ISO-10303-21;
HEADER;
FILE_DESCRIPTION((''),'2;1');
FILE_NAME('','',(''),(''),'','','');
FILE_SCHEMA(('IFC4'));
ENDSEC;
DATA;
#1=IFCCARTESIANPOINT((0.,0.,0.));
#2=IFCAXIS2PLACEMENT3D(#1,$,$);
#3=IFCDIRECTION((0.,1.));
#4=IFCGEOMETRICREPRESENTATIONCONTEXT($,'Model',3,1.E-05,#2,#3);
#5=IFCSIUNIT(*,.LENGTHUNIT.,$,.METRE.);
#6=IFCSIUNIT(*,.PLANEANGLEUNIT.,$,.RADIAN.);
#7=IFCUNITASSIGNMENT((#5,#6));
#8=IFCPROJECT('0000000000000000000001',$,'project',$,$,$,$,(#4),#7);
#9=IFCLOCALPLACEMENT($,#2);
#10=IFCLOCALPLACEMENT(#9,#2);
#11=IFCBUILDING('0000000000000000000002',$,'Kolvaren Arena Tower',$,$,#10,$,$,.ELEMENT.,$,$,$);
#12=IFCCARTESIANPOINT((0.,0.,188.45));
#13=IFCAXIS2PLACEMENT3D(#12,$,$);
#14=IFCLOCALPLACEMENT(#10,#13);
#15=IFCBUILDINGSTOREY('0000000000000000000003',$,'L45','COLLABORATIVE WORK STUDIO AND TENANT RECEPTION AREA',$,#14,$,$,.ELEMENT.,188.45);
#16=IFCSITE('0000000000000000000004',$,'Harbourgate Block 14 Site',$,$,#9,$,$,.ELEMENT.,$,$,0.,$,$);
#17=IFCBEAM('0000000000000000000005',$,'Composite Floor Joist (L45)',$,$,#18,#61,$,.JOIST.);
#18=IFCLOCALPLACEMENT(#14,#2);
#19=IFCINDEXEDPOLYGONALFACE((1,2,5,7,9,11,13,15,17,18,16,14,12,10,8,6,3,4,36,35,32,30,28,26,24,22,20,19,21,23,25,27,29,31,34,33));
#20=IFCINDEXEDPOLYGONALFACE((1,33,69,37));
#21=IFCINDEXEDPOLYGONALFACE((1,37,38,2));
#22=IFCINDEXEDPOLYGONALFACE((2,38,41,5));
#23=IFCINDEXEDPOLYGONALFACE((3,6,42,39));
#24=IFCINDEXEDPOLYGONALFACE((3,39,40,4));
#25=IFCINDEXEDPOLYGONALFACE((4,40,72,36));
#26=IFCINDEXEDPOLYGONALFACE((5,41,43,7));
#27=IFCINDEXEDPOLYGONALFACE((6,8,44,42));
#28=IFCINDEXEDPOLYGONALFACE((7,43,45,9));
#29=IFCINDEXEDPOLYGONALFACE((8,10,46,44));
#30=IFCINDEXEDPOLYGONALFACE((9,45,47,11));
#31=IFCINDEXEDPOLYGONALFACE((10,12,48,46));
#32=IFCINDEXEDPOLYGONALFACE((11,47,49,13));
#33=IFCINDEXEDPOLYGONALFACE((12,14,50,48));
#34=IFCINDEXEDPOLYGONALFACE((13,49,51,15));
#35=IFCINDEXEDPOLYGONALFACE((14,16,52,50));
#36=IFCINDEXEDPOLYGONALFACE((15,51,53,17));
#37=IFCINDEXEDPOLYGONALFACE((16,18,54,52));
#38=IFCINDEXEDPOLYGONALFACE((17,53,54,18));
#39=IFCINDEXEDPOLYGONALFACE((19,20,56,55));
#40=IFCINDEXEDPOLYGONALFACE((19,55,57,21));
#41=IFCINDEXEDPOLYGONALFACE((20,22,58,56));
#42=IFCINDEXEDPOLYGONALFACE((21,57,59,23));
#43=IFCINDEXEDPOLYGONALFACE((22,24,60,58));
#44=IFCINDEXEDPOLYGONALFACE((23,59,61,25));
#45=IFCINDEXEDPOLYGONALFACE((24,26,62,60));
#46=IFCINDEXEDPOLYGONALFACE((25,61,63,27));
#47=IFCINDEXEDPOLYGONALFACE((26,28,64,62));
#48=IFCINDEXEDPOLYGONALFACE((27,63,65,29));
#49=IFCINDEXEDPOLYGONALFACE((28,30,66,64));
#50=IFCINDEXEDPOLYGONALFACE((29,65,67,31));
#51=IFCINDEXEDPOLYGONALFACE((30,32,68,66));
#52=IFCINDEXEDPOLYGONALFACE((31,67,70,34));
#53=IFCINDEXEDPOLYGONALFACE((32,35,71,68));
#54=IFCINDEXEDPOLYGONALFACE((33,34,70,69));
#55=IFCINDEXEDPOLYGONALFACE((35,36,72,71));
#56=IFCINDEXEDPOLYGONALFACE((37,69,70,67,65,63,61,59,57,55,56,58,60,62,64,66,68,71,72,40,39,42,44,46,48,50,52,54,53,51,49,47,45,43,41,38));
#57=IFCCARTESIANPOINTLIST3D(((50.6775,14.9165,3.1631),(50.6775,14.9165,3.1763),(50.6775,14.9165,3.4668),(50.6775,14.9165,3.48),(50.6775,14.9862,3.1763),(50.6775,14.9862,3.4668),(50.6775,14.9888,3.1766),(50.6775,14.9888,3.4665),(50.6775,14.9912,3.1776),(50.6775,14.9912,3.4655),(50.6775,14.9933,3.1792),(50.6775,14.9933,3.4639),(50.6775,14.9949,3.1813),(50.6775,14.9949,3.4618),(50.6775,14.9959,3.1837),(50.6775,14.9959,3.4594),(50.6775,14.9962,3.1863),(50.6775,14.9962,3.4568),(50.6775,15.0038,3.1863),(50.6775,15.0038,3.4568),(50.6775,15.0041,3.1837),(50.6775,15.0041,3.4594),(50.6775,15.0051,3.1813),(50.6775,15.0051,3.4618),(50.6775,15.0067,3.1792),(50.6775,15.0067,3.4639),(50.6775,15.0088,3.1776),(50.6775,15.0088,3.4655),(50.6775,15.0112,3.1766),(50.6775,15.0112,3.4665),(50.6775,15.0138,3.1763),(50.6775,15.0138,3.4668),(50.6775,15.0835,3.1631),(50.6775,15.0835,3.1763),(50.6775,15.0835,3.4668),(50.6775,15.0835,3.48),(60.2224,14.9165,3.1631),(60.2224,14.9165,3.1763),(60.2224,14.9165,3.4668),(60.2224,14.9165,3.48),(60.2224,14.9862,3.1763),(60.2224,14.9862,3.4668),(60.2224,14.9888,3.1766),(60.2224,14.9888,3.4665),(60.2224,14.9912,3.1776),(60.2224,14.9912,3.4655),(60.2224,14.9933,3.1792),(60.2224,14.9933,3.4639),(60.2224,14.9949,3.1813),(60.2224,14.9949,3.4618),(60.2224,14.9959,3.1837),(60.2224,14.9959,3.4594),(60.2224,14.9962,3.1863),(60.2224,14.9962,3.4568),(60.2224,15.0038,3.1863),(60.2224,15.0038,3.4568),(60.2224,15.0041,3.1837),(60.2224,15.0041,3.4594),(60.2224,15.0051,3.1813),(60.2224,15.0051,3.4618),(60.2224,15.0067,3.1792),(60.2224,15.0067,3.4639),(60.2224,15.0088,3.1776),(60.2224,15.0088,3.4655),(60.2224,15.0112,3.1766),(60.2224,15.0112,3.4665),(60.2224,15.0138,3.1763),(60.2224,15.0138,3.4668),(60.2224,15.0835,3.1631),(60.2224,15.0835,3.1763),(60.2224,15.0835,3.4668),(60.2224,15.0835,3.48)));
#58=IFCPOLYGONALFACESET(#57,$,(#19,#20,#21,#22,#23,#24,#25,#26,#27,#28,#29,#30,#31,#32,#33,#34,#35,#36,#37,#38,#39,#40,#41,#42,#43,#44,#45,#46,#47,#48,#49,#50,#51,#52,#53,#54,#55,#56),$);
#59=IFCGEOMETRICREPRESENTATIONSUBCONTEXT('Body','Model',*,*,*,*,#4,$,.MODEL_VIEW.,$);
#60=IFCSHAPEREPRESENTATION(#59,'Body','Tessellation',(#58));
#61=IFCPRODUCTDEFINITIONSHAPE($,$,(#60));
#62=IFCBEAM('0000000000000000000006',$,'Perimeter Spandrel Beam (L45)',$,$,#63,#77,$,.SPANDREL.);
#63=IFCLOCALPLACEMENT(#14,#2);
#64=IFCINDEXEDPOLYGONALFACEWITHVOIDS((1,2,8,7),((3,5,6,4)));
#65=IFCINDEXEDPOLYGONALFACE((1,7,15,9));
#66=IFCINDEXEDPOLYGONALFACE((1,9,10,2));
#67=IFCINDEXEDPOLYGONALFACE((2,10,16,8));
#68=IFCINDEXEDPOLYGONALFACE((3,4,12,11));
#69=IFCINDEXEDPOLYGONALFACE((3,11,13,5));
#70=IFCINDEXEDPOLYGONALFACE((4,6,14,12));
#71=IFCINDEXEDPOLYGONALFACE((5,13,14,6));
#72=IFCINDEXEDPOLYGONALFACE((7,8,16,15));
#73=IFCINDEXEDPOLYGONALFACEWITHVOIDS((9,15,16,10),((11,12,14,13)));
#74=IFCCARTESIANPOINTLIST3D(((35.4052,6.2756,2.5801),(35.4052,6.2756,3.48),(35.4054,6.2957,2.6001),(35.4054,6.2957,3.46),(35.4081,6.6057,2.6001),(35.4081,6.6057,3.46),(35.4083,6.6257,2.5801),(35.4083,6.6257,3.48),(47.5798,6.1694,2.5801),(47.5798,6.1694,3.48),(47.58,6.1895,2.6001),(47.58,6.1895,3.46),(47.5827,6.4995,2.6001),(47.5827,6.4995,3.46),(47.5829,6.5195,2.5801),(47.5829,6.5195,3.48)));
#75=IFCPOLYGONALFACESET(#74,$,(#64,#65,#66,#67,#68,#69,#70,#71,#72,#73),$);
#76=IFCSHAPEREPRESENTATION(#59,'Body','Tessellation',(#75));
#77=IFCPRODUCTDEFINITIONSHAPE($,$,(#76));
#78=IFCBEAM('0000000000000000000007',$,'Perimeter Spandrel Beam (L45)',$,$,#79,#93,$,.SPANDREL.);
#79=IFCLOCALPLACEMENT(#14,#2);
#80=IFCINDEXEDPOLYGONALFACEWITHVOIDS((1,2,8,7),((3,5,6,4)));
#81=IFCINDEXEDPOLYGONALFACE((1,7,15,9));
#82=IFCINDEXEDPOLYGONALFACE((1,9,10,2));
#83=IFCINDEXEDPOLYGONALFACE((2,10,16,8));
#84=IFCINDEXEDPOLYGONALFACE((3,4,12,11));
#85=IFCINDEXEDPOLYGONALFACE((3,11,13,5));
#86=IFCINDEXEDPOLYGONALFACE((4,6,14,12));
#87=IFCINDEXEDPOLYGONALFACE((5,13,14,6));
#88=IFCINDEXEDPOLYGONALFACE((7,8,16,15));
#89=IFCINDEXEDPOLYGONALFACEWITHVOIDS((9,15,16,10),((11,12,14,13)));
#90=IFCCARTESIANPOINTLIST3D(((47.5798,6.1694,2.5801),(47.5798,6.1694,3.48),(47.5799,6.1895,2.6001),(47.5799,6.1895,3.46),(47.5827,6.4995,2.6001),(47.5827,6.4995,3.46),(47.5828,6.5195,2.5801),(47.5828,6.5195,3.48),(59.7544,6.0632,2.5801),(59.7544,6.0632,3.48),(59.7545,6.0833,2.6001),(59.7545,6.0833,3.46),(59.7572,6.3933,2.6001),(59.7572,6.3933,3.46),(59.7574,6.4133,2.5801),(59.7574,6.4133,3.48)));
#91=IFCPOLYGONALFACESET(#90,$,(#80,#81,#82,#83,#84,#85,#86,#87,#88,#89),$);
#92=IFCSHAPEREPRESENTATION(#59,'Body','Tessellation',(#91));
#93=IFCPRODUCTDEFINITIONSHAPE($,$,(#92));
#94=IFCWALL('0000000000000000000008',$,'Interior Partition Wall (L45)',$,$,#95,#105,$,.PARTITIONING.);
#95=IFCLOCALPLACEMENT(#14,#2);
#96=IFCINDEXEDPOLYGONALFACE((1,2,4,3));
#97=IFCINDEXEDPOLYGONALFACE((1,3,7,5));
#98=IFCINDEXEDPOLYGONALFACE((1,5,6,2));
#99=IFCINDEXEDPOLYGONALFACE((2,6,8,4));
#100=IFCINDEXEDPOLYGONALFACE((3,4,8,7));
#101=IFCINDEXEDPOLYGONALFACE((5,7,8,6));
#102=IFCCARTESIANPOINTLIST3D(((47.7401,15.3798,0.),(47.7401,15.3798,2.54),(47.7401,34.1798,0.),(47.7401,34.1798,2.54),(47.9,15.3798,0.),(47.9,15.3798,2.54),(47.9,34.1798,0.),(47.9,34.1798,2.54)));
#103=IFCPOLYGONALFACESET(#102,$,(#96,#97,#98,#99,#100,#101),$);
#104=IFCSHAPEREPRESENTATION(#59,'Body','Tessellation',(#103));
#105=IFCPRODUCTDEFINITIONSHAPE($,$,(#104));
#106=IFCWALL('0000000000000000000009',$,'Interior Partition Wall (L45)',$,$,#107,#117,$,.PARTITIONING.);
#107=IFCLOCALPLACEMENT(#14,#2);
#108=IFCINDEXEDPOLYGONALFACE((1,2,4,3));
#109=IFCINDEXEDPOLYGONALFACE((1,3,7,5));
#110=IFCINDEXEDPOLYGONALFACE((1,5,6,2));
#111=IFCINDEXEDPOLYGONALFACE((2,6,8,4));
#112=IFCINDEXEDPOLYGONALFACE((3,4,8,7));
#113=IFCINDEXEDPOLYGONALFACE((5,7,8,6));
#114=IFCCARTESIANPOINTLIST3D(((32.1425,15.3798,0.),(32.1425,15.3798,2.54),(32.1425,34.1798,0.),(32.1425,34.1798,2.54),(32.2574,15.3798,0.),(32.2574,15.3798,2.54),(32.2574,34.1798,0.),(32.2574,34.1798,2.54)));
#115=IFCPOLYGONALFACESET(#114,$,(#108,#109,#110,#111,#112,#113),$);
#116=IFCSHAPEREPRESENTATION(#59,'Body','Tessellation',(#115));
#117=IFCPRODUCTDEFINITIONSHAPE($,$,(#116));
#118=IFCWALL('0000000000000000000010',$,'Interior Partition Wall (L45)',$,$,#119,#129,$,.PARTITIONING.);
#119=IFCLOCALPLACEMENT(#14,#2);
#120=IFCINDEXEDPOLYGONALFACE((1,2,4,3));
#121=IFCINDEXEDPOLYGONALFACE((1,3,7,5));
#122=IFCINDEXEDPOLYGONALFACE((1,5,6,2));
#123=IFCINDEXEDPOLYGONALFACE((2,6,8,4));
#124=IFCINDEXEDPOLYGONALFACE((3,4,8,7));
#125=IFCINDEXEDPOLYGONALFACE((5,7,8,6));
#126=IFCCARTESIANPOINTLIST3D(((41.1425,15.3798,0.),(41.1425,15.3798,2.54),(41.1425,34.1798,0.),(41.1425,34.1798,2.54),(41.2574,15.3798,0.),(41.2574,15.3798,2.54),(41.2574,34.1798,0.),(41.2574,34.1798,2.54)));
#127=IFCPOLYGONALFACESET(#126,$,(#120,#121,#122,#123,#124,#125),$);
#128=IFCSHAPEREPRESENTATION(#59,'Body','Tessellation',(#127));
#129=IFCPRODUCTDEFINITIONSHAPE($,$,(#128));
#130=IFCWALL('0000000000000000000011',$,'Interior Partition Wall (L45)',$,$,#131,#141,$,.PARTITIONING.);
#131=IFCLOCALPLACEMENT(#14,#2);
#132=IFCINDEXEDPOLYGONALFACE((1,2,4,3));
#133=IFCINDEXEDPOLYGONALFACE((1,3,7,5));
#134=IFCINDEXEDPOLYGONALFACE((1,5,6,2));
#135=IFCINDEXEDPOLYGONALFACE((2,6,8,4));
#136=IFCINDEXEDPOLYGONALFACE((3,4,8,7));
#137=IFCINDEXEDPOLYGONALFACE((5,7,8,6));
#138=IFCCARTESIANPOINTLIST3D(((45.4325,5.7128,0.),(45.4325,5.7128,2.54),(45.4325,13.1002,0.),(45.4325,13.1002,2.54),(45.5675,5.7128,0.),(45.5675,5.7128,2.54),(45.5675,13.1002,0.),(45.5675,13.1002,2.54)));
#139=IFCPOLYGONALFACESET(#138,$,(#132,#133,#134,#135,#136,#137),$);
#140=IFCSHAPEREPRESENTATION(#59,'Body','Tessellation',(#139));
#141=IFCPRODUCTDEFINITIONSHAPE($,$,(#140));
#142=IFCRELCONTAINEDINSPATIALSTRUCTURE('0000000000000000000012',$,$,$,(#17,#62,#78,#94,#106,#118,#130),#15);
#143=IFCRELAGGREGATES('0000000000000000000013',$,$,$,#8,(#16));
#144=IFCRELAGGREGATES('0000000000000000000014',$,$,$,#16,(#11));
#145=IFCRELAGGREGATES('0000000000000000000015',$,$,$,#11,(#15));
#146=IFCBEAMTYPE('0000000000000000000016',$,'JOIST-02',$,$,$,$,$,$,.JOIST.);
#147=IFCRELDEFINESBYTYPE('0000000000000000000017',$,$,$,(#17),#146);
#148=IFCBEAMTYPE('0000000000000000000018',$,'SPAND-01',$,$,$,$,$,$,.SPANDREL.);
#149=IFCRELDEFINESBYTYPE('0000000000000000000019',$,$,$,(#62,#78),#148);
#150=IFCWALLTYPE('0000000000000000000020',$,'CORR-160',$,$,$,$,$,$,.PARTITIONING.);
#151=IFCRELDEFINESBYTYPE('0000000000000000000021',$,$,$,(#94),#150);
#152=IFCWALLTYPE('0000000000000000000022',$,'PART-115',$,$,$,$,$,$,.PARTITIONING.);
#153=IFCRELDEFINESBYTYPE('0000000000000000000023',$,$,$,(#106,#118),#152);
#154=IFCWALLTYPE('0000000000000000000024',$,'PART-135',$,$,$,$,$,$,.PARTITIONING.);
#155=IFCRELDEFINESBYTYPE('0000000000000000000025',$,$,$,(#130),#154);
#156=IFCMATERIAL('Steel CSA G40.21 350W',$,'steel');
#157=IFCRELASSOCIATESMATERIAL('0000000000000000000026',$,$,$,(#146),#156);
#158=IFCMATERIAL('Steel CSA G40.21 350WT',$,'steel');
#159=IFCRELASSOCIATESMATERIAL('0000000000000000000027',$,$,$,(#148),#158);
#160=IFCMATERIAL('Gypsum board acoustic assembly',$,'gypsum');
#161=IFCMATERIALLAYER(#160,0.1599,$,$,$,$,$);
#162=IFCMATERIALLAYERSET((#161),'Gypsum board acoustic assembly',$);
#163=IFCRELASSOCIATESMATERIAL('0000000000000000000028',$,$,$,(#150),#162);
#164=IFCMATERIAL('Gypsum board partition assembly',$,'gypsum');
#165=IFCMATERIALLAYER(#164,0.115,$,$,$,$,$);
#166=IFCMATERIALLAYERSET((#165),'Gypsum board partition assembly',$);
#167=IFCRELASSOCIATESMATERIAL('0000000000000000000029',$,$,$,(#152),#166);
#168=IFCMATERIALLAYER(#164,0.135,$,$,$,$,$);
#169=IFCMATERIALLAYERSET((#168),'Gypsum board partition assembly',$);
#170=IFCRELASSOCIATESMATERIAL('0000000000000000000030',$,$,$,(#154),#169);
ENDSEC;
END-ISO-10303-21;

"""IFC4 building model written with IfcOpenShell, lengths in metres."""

from ifc_helpers import new_model, si_unit, direction, frame, frame_2d, origin, origin_2d, place, context, subcontext, project, spatial, rectangle, hollow_rectangle, i_section, extrude, material, layer, layer_set, material_profile, profile_set, type_object, element, save


model = new_model("IFC4")

# Units and contexts
model_context = context("Model", 3, precision=1e-05, world=origin(), true_north=direction((0.0, 1.0)))
body_context = subcontext(model_context, "Body", "Model", "MODEL_VIEW")
ifc_project = project(units=[si_unit("LENGTHUNIT", "METRE"), si_unit("PLANEANGLEUNIT", "RADIAN")], contexts=[model_context])

# Site, building, storey
site_placement = place(None, origin())
site = spatial("IfcSite", under=ifc_project, at=site_placement, Name="Harbourgate Block 14 Site", CompositionType="ELEMENT", RefElevation=0.0)
building_placement = place(site_placement, origin())
building = spatial("IfcBuilding", under=site, at=building_placement, Name="Kolvaren Arena Tower", CompositionType="ELEMENT")
storey_placement = place(building_placement, frame((0.0, 0.0, 188.45)))
storey = spatial("IfcBuildingStorey", under=building, at=storey_placement, Name="L45", Description="COLLABORATIVE WORK STUDIO AND TENANT RECEPTION AREA", CompositionType="ELEMENT", Elevation=188.45)

# Beams
ifc_material_1 = material(Name="Steel CSA G40.21 350W", Category="steel")
ifc_material_profile_1 = material_profile(ifc_material_1, i_section(OverallWidth=0.167, OverallDepth=0.3169, WebThickness=0.0076, FlangeThickness=0.0132, FilletRadius=0.01, at=origin_2d()), Name="W310x52")
ifc_profile_set_1 = profile_set([ifc_material_profile_1], Name="Steel CSA G40.21 350W")
beam_type_1 = type_object("IfcBeamType", Name="JOIST-02", PredefinedType="JOIST", material=ifc_profile_set_1)
beam_1_placement = place(storey_placement, frame((50.6775, 15.0, 3.3215), z_axis=(1.0, 0.0, 0.0), x_axis=(0.0, 1.0, 0.0)))
element("IfcBeam", 1, at=beam_1_placement, inside=storey, type_object=beam_type_1, Name="Composite Floor Joist (L45)", PredefinedType="JOIST", context=body_context, shape_type="SweptSolid", body=[
    extrude(i_section(OverallWidth=0.167, OverallDepth=0.3169, WebThickness=0.0076, FlangeThickness=0.0132, FilletRadius=0.01, at=origin_2d()), origin(), (0.0, 0.0, 1.0), 9.5449),
])
ifc_material_2 = material(Name="Steel CSA G40.21 350WT", Category="steel")
ifc_material_profile_2 = material_profile(ifc_material_2, hollow_rectangle(XDim=0.3501, YDim=0.8999, WallThickness=0.02, at=origin_2d()), Name="HSS 900x350x20")
ifc_profile_set_2 = profile_set([ifc_material_profile_2], Name="Steel CSA G40.21 350WT")
beam_type_2 = type_object("IfcBeamType", Name="SPAND-01", PredefinedType="SPANDREL", material=ifc_profile_set_2)
for number, where, z_axis, x_axis, name in (
    (2, (35.4067, 6.4507, 3.03), (0.999962, -0.008723, 0.0), (0.008723, 0.999962, 0.0), "Perimeter Spandrel Beam (L45)"),
    (3, (47.5813, 6.3445, 3.03), (0.999962, -0.008723, 0.0), (0.008723, 0.999962, 0.0), "Perimeter Spandrel Beam (L45)"),
):
    element("IfcBeam", number, at=place(storey_placement, frame(where, z_axis=z_axis, x_axis=x_axis)), inside=storey, type_object=beam_type_2, Name=name, PredefinedType="SPANDREL", context=body_context, shape_type="SweptSolid", body=[
        extrude(hollow_rectangle(XDim=0.3501, YDim=0.8999, WallThickness=0.02, at=origin_2d()), origin(), (0.0, 0.0, 1.0), 12.175),
    ])

# Walls
ifc_material_3 = material(Name="Gypsum board acoustic assembly", Category="gypsum")
ifc_layer_1 = layer(ifc_material_3, 0.1599)
ifc_layer_set_1 = layer_set([ifc_layer_1], Name="Gypsum board acoustic assembly")
wall_type_1 = type_object("IfcWallType", Name="CORR-160", PredefinedType="PARTITIONING", material=ifc_layer_set_1)
wall_1_placement = place(storey_placement, frame((47.8201, 15.3799, 0.0), z_axis=(0.0, 0.0, 1.0), x_axis=(0.0, 1.0, 0.0)))
element("IfcWall", 4, at=wall_1_placement, inside=storey, type_object=wall_type_1, Name="Interior Partition Wall (L45)", PredefinedType="PARTITIONING", context=body_context, shape_type="SweptSolid", body=[
    extrude(rectangle(XDim=18.8, YDim=0.1599, at=frame_2d((9.3999, 0.0))), origin(), (0.0, 0.0, 1.0), 2.54),
])
ifc_material_4 = material(Name="Gypsum board partition assembly", Category="gypsum")
ifc_layer_2 = layer(ifc_material_4, 0.115)
ifc_layer_set_2 = layer_set([ifc_layer_2], Name="Gypsum board partition assembly")
wall_type_2 = type_object("IfcWallType", Name="PART-115", PredefinedType="PARTITIONING", material=ifc_layer_set_2)
for number, where, z_axis, x_axis, name in (
    (5, (32.2, 15.3799, 0.0), (0.0, 0.0, 1.0), (0.0, 1.0, 0.0), "Interior Partition Wall (L45)"),
    (6, (41.2, 15.3799, 0.0), (0.0, 0.0, 1.0), (0.0, 1.0, 0.0), "Interior Partition Wall (L45)"),
):
    element("IfcWall", number, at=place(storey_placement, frame(where, z_axis=z_axis, x_axis=x_axis)), inside=storey, type_object=wall_type_2, Name=name, PredefinedType="PARTITIONING", context=body_context, shape_type="SweptSolid", body=[
        extrude(rectangle(XDim=18.8, YDim=0.115, at=frame_2d((9.3999, 0.0))), origin(), (0.0, 0.0, 1.0), 2.54),
    ])
ifc_layer_3 = layer(ifc_material_4, 0.135)
ifc_layer_set_3 = layer_set([ifc_layer_3], Name="Gypsum board partition assembly")
wall_type_3 = type_object("IfcWallType", Name="PART-135", PredefinedType="PARTITIONING", material=ifc_layer_set_3)
wall_2_placement = place(storey_placement, frame((45.5, 5.7126, 0.0), z_axis=(0.0, 0.0, 1.0), x_axis=(0.0, 1.0, 0.0)))
element("IfcWall", 7, at=wall_2_placement, inside=storey, type_object=wall_type_3, Name="Interior Partition Wall (L45)", PredefinedType="PARTITIONING", context=body_context, shape_type="SweptSolid", body=[
    extrude(rectangle(XDim=7.3875, YDim=0.135, at=frame_2d((3.6938, 0.0))), origin(), (0.0, 0.0, 1.0), 2.54),
])

save(model, "model.ifc")
